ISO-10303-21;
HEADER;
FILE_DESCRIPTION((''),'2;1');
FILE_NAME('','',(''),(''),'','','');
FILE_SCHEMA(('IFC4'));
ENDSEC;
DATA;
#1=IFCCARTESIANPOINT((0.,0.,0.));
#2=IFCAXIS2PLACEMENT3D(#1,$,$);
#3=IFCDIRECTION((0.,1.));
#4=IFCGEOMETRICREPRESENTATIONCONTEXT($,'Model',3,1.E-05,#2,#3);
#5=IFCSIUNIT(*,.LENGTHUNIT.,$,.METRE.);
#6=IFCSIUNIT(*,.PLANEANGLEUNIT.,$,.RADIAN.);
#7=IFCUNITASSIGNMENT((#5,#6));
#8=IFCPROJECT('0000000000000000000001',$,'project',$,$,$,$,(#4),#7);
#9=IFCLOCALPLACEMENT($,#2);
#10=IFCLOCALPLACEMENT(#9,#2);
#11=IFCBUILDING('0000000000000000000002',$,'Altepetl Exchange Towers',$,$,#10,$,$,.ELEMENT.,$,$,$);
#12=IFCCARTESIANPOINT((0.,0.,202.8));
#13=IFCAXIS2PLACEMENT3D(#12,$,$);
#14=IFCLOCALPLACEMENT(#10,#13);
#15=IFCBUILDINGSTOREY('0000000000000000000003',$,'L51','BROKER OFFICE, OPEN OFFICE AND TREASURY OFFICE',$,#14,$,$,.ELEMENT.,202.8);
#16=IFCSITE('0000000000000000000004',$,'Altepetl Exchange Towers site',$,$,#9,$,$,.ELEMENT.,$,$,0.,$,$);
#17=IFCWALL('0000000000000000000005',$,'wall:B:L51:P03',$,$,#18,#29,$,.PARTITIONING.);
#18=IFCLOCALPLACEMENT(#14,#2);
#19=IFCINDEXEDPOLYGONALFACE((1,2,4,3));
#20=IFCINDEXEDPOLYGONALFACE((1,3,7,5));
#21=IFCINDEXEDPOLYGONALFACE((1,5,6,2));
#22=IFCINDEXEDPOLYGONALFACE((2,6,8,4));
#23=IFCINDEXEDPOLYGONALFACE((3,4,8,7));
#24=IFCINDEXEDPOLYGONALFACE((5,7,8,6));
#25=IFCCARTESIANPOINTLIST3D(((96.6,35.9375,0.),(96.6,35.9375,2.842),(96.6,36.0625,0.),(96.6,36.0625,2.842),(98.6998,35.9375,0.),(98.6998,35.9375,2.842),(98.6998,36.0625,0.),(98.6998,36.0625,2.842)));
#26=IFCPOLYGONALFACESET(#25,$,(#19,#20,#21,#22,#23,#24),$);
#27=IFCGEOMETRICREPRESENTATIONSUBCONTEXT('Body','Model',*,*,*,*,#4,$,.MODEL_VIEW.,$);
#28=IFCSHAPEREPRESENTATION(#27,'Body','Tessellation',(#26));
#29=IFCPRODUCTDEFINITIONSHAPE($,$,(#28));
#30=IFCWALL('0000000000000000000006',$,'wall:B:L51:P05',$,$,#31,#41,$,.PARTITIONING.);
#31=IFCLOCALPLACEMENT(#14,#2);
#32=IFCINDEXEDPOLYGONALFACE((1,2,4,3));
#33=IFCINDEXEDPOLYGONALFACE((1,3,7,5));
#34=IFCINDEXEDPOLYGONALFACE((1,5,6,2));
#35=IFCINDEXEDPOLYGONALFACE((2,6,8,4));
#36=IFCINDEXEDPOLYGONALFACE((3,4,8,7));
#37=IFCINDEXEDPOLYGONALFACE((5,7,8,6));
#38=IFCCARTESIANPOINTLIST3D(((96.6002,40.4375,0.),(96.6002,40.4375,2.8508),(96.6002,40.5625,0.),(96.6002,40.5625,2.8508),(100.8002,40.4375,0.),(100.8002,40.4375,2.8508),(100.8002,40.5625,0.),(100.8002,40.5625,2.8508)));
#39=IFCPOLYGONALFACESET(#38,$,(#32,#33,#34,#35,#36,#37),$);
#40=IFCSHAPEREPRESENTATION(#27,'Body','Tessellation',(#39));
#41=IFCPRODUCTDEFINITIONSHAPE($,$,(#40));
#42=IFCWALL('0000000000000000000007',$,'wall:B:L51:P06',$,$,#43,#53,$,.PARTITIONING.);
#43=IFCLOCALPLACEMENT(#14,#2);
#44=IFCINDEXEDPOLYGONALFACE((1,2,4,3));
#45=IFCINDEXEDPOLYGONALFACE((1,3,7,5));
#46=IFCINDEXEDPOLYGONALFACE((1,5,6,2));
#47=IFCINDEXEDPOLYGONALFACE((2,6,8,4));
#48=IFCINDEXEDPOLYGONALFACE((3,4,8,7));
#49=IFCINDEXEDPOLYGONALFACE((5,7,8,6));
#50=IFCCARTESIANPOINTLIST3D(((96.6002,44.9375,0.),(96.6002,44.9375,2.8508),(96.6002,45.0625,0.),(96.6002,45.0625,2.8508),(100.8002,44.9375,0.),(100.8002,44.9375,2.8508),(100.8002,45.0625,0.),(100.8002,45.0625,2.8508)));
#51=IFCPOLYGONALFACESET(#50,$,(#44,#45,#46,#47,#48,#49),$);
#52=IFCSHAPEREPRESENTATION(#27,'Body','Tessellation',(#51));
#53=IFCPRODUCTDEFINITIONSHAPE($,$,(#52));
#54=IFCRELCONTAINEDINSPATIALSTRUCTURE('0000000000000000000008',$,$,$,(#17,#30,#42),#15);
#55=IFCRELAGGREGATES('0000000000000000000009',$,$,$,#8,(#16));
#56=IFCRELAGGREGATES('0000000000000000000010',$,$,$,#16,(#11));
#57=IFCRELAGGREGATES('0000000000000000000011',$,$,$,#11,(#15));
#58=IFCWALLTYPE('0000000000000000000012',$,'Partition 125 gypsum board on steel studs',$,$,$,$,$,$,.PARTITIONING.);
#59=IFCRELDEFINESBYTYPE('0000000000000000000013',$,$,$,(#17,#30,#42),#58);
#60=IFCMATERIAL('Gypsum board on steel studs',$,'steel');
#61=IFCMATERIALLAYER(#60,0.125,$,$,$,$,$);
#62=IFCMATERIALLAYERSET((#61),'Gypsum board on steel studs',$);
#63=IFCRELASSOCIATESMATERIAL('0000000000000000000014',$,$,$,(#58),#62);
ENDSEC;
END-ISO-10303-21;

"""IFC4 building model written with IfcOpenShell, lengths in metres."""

from ifc_helpers import new_model, si_unit, direction, frame, frame_2d, origin, place, context, subcontext, project, spatial, rectangle, extrude, material, layer, layer_set, type_object, element, save


model = new_model("IFC4")

# Units and contexts
model_context = context("Model", 3, precision=1e-05, world=origin(), true_north=direction((0.0, 1.0)))
body_context = subcontext(model_context, "Body", "Model", "MODEL_VIEW")
ifc_project = project(units=[si_unit("LENGTHUNIT", "METRE"), si_unit("PLANEANGLEUNIT", "RADIAN")], contexts=[model_context])

# Site, building, storey
site_placement = place(None, origin())
site = spatial("IfcSite", under=ifc_project, at=site_placement, Name="Altepetl Exchange Towers site", CompositionType="ELEMENT", RefElevation=0.0)
building_placement = place(site_placement, origin())
building = spatial("IfcBuilding", under=site, at=building_placement, Name="Altepetl Exchange Towers", CompositionType="ELEMENT")
storey_placement = place(building_placement, frame((0.0, 0.0, 202.8)))
storey = spatial("IfcBuildingStorey", under=building, at=storey_placement, Name="L51", Description="BROKER OFFICE, OPEN OFFICE AND TREASURY OFFICE", CompositionType="ELEMENT", Elevation=202.8)

# Walls
ifc_material_1 = material(Name="Gypsum board on steel studs", Category="steel")
ifc_layer_1 = layer(ifc_material_1, 0.125)
ifc_layer_set_1 = layer_set([ifc_layer_1], Name="Gypsum board on steel studs")
wall_type = type_object("IfcWallType", Name="Partition 125 gypsum board on steel studs", PredefinedType="PARTITIONING", material=ifc_layer_set_1)
wall_placement = place(storey_placement, frame((96.6001, 36.0, 0.0)))
element("IfcWall", 1, at=wall_placement, inside=storey, type_object=wall_type, Name="wall:B:L51:P03", PredefinedType="PARTITIONING", context=body_context, shape_type="SweptSolid", body=[
    extrude(rectangle(XDim=2.0999, YDim=0.125, at=frame_2d((1.0498, 0.0))), origin(), (0.0, 0.0, 1.0), 2.842),
])
for number, where, name in (
    (2, (96.6001, 40.5, 0.0), "wall:B:L51:P05"),
    (3, (96.6001, 45.0, 0.0), "wall:B:L51:P06"),
):
    element("IfcWall", number, at=place(storey_placement, frame(where)), inside=storey, type_object=wall_type, Name=name, PredefinedType="PARTITIONING", context=body_context, shape_type="SweptSolid", body=[
        extrude(rectangle(XDim=4.2, YDim=0.125, at=frame_2d((2.1001, 0.0))), origin(), (0.0, 0.0, 1.0), 2.8508),
    ])

save(model, "model.ifc")
